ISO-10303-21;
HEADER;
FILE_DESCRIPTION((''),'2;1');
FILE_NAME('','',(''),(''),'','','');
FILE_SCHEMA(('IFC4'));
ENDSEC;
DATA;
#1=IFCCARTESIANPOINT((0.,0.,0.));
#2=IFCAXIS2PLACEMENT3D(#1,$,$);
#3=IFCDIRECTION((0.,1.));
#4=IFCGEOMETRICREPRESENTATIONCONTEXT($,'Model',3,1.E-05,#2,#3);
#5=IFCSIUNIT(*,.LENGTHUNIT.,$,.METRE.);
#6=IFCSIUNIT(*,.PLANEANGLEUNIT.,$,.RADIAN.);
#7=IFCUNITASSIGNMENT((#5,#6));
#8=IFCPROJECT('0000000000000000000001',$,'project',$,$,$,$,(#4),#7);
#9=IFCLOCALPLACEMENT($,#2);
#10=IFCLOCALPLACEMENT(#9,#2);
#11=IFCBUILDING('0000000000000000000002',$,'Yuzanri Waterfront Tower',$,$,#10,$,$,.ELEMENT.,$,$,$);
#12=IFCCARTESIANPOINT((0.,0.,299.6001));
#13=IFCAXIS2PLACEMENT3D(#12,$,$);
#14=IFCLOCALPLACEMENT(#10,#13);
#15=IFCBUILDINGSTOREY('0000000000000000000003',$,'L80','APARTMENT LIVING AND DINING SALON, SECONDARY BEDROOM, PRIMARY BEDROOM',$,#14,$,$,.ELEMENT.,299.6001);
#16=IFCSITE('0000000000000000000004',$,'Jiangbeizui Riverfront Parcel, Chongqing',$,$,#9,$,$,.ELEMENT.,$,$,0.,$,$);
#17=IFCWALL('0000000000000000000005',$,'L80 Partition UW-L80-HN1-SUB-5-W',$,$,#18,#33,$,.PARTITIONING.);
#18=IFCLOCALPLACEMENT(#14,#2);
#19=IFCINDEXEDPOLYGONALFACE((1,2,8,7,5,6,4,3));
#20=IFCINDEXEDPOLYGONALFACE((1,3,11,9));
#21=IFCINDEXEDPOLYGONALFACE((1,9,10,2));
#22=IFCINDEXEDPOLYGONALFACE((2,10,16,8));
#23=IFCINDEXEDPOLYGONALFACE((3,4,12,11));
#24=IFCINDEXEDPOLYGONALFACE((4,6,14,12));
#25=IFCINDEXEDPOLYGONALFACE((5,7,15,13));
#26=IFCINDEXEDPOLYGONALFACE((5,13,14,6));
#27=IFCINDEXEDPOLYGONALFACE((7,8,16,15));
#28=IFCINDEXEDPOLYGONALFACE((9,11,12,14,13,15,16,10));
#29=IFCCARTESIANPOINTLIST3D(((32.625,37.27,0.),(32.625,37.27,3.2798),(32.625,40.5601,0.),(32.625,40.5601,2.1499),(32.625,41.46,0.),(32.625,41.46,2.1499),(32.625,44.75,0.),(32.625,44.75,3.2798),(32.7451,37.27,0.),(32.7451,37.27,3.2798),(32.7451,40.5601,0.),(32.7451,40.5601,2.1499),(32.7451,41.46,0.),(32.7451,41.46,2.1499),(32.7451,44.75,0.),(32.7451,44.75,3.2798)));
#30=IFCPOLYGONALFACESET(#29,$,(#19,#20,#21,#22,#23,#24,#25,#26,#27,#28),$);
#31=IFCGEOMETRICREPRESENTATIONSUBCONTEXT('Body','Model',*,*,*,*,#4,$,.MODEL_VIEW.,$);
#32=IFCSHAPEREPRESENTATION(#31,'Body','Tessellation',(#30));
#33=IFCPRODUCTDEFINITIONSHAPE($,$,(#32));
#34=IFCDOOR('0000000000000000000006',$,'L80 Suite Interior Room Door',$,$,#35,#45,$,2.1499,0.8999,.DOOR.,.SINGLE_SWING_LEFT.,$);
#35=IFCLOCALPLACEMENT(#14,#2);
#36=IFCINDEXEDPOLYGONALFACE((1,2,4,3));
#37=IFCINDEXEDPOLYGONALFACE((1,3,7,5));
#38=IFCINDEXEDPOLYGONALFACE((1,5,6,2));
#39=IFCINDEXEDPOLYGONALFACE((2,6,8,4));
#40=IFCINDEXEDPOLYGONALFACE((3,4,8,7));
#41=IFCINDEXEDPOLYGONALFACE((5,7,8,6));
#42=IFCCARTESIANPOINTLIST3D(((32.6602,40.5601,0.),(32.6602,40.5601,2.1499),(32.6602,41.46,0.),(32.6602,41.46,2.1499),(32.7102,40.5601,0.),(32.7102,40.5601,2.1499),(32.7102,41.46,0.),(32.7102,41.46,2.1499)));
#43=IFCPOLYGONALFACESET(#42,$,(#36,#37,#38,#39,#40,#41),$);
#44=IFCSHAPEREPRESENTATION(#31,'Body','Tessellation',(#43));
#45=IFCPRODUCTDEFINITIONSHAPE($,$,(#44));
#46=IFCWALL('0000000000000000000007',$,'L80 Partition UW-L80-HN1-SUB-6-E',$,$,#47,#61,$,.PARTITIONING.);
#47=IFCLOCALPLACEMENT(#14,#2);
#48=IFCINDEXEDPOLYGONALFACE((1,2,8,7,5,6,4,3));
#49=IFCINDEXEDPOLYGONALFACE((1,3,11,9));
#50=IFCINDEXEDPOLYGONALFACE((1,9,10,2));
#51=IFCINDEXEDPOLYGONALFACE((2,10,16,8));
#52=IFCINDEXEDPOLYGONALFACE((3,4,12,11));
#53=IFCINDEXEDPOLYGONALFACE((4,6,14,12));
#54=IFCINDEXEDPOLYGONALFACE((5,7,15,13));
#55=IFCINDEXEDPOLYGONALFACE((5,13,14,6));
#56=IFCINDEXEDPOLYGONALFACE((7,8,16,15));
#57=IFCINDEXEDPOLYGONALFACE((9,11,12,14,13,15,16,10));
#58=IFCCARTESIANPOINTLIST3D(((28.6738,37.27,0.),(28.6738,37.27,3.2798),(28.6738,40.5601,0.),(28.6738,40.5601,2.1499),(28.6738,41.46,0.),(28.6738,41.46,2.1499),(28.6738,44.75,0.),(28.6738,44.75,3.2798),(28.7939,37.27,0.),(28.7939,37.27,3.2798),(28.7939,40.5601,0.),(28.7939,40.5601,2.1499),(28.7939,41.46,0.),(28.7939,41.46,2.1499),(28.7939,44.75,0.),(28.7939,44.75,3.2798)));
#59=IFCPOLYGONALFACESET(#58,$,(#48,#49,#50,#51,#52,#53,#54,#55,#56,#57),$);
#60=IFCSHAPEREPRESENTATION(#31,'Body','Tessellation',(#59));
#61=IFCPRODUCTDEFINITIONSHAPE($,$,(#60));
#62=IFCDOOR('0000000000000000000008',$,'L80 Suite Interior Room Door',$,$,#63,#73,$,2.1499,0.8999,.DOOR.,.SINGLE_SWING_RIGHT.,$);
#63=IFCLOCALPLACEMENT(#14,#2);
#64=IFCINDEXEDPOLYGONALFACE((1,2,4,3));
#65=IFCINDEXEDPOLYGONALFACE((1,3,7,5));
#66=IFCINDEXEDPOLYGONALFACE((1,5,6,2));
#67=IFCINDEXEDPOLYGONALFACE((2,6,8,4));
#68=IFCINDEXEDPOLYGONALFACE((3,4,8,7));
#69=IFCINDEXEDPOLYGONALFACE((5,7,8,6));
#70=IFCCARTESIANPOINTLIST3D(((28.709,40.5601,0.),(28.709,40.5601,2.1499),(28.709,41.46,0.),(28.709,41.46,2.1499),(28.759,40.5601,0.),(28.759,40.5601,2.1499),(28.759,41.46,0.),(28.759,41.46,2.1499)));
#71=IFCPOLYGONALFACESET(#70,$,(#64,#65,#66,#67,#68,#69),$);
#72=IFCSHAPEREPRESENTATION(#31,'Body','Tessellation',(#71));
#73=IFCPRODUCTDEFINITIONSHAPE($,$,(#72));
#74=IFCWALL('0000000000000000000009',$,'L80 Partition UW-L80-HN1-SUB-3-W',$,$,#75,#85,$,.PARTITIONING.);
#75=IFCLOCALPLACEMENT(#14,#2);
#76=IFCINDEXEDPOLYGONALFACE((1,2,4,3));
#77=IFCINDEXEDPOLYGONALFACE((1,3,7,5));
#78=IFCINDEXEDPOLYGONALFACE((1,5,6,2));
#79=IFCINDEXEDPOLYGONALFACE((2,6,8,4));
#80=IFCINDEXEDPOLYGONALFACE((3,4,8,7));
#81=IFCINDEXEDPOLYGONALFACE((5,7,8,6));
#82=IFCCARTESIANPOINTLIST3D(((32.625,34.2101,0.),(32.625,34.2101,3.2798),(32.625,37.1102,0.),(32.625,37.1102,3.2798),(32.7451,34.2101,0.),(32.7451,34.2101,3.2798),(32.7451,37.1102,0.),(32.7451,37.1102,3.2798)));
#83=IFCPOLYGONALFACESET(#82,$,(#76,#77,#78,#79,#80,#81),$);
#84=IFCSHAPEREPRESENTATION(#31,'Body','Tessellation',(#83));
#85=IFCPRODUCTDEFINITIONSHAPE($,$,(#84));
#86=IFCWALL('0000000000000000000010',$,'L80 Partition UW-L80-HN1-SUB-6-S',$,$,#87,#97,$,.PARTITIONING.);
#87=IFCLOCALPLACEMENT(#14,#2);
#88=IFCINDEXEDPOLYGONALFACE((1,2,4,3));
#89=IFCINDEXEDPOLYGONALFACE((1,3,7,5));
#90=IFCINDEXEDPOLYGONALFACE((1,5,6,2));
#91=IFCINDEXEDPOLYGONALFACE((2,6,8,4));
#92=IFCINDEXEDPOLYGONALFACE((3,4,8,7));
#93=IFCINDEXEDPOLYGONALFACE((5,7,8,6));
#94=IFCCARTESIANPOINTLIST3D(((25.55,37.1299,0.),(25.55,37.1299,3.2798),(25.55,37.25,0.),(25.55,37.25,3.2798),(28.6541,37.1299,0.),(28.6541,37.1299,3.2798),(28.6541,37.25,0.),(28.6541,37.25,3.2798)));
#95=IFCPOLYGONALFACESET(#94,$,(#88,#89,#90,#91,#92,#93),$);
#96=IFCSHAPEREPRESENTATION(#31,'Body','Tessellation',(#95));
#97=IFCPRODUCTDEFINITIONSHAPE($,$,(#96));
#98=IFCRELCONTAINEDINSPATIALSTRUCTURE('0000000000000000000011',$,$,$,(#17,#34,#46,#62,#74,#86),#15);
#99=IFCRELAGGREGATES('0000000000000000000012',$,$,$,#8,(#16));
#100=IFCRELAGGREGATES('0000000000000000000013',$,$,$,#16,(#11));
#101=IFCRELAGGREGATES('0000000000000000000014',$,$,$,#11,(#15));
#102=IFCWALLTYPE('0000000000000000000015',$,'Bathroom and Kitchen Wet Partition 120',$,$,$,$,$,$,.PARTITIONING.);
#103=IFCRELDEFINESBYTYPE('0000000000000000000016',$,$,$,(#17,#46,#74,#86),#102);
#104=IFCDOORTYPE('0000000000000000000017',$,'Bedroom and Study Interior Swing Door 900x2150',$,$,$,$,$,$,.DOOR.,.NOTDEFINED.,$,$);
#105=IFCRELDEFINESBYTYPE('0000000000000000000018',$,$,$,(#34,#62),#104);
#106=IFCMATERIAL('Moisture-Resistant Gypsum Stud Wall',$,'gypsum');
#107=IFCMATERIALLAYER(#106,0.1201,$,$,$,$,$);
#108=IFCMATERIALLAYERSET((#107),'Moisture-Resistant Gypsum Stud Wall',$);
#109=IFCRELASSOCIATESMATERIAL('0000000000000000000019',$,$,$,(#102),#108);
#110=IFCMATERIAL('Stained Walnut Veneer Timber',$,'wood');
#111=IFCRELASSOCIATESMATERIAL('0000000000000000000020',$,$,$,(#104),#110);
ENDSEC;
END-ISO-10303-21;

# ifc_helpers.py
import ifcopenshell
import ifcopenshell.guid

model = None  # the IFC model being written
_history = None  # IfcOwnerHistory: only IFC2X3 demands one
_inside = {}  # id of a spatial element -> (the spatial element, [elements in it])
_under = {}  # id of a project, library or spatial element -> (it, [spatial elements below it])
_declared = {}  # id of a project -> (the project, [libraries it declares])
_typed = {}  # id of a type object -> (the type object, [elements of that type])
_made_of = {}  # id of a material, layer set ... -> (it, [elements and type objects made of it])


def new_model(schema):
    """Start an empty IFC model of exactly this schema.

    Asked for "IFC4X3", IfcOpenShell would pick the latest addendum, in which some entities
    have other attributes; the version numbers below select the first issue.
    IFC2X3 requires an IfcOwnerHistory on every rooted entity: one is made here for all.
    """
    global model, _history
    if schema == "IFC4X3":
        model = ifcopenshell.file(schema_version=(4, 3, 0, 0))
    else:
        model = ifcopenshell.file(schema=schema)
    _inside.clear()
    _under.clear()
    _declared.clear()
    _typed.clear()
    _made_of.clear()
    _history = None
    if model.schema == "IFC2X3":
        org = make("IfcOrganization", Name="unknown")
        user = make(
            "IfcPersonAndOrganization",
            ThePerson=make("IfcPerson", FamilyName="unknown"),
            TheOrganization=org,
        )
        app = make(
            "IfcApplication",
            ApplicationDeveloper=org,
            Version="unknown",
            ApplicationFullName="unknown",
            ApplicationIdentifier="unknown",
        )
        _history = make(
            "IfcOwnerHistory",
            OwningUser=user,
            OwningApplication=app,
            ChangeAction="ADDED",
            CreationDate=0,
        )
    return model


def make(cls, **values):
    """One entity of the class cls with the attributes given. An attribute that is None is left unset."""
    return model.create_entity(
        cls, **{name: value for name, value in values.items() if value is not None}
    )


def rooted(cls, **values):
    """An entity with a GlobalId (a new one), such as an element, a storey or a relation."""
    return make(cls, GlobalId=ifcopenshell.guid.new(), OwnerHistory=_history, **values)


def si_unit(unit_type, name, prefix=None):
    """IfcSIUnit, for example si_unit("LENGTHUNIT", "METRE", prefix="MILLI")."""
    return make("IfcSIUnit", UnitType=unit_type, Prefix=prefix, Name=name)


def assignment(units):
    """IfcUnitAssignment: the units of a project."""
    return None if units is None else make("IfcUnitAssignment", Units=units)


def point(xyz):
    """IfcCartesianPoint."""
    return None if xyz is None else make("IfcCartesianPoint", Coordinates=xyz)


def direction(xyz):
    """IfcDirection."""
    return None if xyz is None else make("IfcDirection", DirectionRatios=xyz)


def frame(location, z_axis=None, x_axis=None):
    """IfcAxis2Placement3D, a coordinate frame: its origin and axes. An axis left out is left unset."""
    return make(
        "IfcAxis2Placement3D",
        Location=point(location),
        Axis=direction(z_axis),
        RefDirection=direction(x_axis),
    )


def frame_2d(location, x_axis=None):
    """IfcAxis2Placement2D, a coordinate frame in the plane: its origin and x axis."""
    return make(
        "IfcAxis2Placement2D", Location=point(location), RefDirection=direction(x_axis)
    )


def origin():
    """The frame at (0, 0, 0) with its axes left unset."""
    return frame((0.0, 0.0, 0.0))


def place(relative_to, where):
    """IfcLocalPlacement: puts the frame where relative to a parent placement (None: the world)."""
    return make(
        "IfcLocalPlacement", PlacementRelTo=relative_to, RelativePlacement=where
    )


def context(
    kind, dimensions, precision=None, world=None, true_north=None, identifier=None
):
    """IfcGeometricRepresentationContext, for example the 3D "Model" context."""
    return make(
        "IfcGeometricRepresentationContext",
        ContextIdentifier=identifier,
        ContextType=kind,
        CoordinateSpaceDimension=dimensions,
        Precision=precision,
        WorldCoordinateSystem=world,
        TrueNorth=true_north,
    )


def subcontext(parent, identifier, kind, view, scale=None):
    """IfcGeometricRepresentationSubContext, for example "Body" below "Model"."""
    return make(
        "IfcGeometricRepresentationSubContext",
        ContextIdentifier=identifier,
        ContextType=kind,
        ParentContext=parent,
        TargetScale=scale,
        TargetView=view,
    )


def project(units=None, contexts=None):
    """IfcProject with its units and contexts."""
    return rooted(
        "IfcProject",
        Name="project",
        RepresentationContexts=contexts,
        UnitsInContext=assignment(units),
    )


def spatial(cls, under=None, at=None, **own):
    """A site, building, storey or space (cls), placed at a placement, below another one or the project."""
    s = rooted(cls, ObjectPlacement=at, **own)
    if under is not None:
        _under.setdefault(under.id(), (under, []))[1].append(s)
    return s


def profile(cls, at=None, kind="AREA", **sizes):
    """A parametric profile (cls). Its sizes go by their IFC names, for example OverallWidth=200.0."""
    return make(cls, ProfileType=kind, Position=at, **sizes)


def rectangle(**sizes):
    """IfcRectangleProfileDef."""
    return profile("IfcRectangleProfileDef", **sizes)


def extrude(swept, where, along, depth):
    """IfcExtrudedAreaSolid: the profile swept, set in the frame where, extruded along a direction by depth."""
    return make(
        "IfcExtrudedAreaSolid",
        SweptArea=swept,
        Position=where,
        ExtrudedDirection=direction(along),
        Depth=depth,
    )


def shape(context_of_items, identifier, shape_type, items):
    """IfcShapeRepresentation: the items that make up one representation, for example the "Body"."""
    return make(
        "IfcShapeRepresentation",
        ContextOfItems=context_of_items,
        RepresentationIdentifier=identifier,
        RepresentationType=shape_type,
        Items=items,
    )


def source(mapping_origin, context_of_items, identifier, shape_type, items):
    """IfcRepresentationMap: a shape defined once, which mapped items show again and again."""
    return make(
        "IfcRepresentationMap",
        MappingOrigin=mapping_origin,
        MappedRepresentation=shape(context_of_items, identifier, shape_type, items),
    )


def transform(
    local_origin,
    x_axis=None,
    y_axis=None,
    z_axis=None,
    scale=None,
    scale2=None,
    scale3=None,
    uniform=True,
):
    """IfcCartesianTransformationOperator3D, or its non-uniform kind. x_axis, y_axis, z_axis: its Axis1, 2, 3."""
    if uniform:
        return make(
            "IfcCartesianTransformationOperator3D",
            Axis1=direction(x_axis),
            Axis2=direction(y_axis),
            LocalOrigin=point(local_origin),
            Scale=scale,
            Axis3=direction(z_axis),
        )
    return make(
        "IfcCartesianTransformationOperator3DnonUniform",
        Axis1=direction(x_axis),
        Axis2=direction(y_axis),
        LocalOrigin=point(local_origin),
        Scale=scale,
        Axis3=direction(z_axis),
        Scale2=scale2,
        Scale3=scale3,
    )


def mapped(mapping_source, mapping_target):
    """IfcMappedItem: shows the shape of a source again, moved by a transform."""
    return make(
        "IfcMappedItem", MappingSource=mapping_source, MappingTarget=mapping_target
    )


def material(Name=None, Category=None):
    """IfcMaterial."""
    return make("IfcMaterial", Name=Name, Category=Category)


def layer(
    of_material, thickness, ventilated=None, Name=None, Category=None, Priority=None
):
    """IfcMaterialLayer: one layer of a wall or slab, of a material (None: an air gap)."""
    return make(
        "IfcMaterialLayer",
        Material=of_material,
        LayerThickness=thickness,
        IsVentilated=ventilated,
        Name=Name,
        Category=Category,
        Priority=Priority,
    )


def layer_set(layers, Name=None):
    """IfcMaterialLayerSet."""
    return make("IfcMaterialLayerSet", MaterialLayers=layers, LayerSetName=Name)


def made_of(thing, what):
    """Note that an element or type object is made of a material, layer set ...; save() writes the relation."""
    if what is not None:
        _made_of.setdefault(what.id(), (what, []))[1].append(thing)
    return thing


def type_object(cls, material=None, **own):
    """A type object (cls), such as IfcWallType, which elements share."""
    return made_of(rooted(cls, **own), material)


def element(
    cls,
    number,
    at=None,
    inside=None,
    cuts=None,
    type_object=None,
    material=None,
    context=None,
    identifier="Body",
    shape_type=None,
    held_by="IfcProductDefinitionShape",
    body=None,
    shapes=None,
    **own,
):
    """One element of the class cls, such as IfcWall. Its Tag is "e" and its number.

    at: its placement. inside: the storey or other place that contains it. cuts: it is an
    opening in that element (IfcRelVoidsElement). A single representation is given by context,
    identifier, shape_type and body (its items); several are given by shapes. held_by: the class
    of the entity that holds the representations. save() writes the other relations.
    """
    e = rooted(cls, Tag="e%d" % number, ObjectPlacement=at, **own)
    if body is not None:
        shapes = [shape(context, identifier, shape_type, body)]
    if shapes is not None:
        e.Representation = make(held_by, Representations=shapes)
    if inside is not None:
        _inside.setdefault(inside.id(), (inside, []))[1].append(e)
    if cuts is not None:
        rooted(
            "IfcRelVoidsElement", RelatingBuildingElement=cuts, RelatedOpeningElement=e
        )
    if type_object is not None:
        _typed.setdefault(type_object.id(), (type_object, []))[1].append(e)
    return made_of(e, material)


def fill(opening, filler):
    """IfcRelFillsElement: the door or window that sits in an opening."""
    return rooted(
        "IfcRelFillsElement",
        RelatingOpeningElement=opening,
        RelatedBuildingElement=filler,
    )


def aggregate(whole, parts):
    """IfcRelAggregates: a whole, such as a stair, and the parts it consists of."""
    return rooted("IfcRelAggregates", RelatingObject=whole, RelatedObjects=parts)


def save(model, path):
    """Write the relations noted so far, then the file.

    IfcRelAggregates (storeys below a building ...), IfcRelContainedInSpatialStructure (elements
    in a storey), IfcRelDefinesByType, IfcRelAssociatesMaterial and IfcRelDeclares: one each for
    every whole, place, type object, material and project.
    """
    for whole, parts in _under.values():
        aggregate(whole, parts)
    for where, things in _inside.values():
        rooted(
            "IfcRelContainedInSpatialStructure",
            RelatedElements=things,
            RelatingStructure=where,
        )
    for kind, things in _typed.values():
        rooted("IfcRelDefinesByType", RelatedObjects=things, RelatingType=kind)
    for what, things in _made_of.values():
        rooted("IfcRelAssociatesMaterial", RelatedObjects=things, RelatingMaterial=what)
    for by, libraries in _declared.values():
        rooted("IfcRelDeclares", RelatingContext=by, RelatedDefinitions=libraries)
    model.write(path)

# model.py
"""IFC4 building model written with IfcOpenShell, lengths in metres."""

from ifc_helpers import new_model, si_unit, direction, frame, frame_2d, origin, place, context, subcontext, project, spatial, rectangle, extrude, source, transform, mapped, material, layer, layer_set, type_object, element, fill, save


model = new_model("IFC4")

# Units and contexts
model_context = context("Model", 3, precision=1e-05, world=origin(), true_north=direction((0.0, 1.0)))
body_context = subcontext(model_context, "Body", "Model", "MODEL_VIEW")
ifc_project = project(units=[si_unit("LENGTHUNIT", "METRE"), si_unit("PLANEANGLEUNIT", "RADIAN")], contexts=[model_context])

# Site, building, storey
site_placement = place(None, origin())
site = spatial("IfcSite", under=ifc_project, at=site_placement, Name="Jiangbeizui Riverfront Parcel, Chongqing", CompositionType="ELEMENT", RefElevation=0.0)
building_placement = place(site_placement, origin())
building = spatial("IfcBuilding", under=site, at=building_placement, Name="Yuzanri Waterfront Tower", CompositionType="ELEMENT")
storey_placement = place(building_placement, frame((0.0, 0.0, 299.6001)))
storey = spatial("IfcBuildingStorey", under=building, at=storey_placement, Name="L80", Description="APARTMENT LIVING AND DINING SALON, SECONDARY BEDROOM, PRIMARY BEDROOM", CompositionType="ELEMENT", Elevation=299.6001)

# Walls, openings, doors
ifc_material_1 = material(Name="Moisture-Resistant Gypsum Stud Wall", Category="gypsum")
ifc_layer_1 = layer(ifc_material_1, 0.1201)
ifc_layer_set_1 = layer_set([ifc_layer_1], Name="Moisture-Resistant Gypsum Stud Wall")
wall_type = type_object("IfcWallType", Name="Bathroom and Kitchen Wet Partition 120", PredefinedType="PARTITIONING", material=ifc_layer_set_1)
ifc_material_2 = material(Name="Stained Walnut Veneer Timber", Category="wood")
door_type_1 = type_object("IfcDoorType", Name="Bedroom and Study Interior Swing Door 900x2150", OperationType="NOTDEFINED", PredefinedType="DOOR", material=ifc_material_2)
shared_shape_1 = source(origin(), body_context, "Body", "SweptSolid", [
    extrude(rectangle(XDim=0.8999, YDim=2.1499, at=frame_2d((0.45, 1.075))), frame((0.0, 0.0249, 0.0), z_axis=(0.0, -1.0, 0.0), x_axis=(1.0, 0.0, 0.0)), (0.0, 0.0, 1.0), 0.05),
])
wall_1_placement = place(storey_placement, frame((32.6851, 37.27, 0.0), z_axis=(0.0, 0.0, 1.0), x_axis=(0.0, 1.0, 0.0)))
wall_1 = element("IfcWall", 1, at=wall_1_placement, inside=storey, type_object=wall_type, Name="L80 Partition UW-L80-HN1-SUB-5-W", PredefinedType="PARTITIONING", context=body_context, shape_type="SweptSolid", body=[
    extrude(rectangle(XDim=7.48, YDim=0.1201, at=frame_2d((3.74, 0.0))), origin(), (0.0, 0.0, 1.0), 3.2798),
])
opening_1_placement = place(wall_1_placement, frame((3.29, 0.0, 0.0)))
opening_1 = element("IfcOpeningElement", 2, at=opening_1_placement, cuts=wall_1, PredefinedType="OPENING", context=body_context, shape_type="SweptSolid", body=[
    extrude(rectangle(XDim=0.8999, YDim=2.1499, at=frame_2d((0.45, 1.075))), frame((0.0, 0.075, 0.0), z_axis=(0.0, -1.0, 0.0), x_axis=(1.0, 0.0, 0.0)), (0.0, 0.0, 1.0), 0.1499),
])
door_1_placement = place(opening_1_placement, origin())
door_1 = element("IfcDoor", 3, at=door_1_placement, inside=storey, type_object=door_type_1, Name="L80 Suite Interior Room Door", OperationType="SINGLE_SWING_LEFT", OverallHeight=2.1499, OverallWidth=0.8999, PredefinedType="DOOR", context=body_context, shape_type="MappedRepresentation", body=[
    mapped(shared_shape_1, transform((0.0, 0.0, 0.0), scale=1.0)),
])
fill(opening_1, door_1)
wall_2_placement = place(storey_placement, frame((28.7339, 37.27, 0.0), z_axis=(0.0, 0.0, 1.0), x_axis=(0.0, 1.0, 0.0)))
wall_2 = element("IfcWall", 4, at=wall_2_placement, inside=storey, type_object=wall_type, Name="L80 Partition UW-L80-HN1-SUB-6-E", PredefinedType="PARTITIONING", context=body_context, shape_type="SweptSolid", body=[
    extrude(rectangle(XDim=7.48, YDim=0.1201, at=frame_2d((3.74, 0.0))), origin(), (0.0, 0.0, 1.0), 3.2798),
])
opening_2_placement = place(wall_2_placement, frame((3.29, 0.0, 0.0)))
opening_2 = element("IfcOpeningElement", 5, at=opening_2_placement, cuts=wall_2, PredefinedType="OPENING", context=body_context, shape_type="SweptSolid", body=[
    extrude(rectangle(XDim=0.8999, YDim=2.1499, at=frame_2d((0.45, 1.075))), frame((0.0, 0.075, 0.0), z_axis=(0.0, -1.0, 0.0), x_axis=(1.0, 0.0, 0.0)), (0.0, 0.0, 1.0), 0.1499),
])
door_2_placement = place(opening_2_placement, origin())
door_2 = element("IfcDoor", 6, at=door_2_placement, inside=storey, type_object=door_type_1, Name="L80 Suite Interior Room Door", OperationType="SINGLE_SWING_RIGHT", OverallHeight=2.1499, OverallWidth=0.8999, PredefinedType="DOOR", context=body_context, shape_type="MappedRepresentation", body=[
    mapped(shared_shape_1, transform((0.0, 0.0, 0.0), scale=1.0)),
])
fill(opening_2, door_2)

# Walls
shared_shape_2 = source(origin(), body_context, "Body", "SweptSolid", [
    extrude(rectangle(XDim=2.9001, YDim=0.1201, at=frame_2d((1.4502, 0.0))), origin(), (0.0, 0.0, 1.0), 3.2798),
])
wall_3_placement = place(storey_placement, frame((32.6851, 34.21, 0.0), z_axis=(0.0, 0.0, 1.0), x_axis=(0.0, 1.0, 0.0)))
element("IfcWall", 7, at=wall_3_placement, inside=storey, type_object=wall_type, Name="L80 Partition UW-L80-HN1-SUB-3-W", PredefinedType="PARTITIONING", context=body_context, shape_type="MappedRepresentation", body=[
    mapped(shared_shape_2, transform((0.0, 0.0, 0.0), scale=1.0)),
])
shared_shape_3 = source(origin(), body_context, "Body", "SweptSolid", [
    extrude(rectangle(XDim=3.104, YDim=0.1201, at=frame_2d((1.552, 0.0))), origin(), (0.0, 0.0, 1.0), 3.2798),
])
wall_4_placement = place(storey_placement, frame((25.55, 37.1899, 0.0), z_axis=(0.0, 0.0, 1.0), x_axis=(1.0, 0.0, 0.0)))
element("IfcWall", 8, at=wall_4_placement, inside=storey, type_object=wall_type, Name="L80 Partition UW-L80-HN1-SUB-6-S", PredefinedType="PARTITIONING", context=body_context, shape_type="MappedRepresentation", body=[
    mapped(shared_shape_3, transform((0.0, 0.0, 0.0), scale=1.0)),
])

save(model, "model.ifc")
